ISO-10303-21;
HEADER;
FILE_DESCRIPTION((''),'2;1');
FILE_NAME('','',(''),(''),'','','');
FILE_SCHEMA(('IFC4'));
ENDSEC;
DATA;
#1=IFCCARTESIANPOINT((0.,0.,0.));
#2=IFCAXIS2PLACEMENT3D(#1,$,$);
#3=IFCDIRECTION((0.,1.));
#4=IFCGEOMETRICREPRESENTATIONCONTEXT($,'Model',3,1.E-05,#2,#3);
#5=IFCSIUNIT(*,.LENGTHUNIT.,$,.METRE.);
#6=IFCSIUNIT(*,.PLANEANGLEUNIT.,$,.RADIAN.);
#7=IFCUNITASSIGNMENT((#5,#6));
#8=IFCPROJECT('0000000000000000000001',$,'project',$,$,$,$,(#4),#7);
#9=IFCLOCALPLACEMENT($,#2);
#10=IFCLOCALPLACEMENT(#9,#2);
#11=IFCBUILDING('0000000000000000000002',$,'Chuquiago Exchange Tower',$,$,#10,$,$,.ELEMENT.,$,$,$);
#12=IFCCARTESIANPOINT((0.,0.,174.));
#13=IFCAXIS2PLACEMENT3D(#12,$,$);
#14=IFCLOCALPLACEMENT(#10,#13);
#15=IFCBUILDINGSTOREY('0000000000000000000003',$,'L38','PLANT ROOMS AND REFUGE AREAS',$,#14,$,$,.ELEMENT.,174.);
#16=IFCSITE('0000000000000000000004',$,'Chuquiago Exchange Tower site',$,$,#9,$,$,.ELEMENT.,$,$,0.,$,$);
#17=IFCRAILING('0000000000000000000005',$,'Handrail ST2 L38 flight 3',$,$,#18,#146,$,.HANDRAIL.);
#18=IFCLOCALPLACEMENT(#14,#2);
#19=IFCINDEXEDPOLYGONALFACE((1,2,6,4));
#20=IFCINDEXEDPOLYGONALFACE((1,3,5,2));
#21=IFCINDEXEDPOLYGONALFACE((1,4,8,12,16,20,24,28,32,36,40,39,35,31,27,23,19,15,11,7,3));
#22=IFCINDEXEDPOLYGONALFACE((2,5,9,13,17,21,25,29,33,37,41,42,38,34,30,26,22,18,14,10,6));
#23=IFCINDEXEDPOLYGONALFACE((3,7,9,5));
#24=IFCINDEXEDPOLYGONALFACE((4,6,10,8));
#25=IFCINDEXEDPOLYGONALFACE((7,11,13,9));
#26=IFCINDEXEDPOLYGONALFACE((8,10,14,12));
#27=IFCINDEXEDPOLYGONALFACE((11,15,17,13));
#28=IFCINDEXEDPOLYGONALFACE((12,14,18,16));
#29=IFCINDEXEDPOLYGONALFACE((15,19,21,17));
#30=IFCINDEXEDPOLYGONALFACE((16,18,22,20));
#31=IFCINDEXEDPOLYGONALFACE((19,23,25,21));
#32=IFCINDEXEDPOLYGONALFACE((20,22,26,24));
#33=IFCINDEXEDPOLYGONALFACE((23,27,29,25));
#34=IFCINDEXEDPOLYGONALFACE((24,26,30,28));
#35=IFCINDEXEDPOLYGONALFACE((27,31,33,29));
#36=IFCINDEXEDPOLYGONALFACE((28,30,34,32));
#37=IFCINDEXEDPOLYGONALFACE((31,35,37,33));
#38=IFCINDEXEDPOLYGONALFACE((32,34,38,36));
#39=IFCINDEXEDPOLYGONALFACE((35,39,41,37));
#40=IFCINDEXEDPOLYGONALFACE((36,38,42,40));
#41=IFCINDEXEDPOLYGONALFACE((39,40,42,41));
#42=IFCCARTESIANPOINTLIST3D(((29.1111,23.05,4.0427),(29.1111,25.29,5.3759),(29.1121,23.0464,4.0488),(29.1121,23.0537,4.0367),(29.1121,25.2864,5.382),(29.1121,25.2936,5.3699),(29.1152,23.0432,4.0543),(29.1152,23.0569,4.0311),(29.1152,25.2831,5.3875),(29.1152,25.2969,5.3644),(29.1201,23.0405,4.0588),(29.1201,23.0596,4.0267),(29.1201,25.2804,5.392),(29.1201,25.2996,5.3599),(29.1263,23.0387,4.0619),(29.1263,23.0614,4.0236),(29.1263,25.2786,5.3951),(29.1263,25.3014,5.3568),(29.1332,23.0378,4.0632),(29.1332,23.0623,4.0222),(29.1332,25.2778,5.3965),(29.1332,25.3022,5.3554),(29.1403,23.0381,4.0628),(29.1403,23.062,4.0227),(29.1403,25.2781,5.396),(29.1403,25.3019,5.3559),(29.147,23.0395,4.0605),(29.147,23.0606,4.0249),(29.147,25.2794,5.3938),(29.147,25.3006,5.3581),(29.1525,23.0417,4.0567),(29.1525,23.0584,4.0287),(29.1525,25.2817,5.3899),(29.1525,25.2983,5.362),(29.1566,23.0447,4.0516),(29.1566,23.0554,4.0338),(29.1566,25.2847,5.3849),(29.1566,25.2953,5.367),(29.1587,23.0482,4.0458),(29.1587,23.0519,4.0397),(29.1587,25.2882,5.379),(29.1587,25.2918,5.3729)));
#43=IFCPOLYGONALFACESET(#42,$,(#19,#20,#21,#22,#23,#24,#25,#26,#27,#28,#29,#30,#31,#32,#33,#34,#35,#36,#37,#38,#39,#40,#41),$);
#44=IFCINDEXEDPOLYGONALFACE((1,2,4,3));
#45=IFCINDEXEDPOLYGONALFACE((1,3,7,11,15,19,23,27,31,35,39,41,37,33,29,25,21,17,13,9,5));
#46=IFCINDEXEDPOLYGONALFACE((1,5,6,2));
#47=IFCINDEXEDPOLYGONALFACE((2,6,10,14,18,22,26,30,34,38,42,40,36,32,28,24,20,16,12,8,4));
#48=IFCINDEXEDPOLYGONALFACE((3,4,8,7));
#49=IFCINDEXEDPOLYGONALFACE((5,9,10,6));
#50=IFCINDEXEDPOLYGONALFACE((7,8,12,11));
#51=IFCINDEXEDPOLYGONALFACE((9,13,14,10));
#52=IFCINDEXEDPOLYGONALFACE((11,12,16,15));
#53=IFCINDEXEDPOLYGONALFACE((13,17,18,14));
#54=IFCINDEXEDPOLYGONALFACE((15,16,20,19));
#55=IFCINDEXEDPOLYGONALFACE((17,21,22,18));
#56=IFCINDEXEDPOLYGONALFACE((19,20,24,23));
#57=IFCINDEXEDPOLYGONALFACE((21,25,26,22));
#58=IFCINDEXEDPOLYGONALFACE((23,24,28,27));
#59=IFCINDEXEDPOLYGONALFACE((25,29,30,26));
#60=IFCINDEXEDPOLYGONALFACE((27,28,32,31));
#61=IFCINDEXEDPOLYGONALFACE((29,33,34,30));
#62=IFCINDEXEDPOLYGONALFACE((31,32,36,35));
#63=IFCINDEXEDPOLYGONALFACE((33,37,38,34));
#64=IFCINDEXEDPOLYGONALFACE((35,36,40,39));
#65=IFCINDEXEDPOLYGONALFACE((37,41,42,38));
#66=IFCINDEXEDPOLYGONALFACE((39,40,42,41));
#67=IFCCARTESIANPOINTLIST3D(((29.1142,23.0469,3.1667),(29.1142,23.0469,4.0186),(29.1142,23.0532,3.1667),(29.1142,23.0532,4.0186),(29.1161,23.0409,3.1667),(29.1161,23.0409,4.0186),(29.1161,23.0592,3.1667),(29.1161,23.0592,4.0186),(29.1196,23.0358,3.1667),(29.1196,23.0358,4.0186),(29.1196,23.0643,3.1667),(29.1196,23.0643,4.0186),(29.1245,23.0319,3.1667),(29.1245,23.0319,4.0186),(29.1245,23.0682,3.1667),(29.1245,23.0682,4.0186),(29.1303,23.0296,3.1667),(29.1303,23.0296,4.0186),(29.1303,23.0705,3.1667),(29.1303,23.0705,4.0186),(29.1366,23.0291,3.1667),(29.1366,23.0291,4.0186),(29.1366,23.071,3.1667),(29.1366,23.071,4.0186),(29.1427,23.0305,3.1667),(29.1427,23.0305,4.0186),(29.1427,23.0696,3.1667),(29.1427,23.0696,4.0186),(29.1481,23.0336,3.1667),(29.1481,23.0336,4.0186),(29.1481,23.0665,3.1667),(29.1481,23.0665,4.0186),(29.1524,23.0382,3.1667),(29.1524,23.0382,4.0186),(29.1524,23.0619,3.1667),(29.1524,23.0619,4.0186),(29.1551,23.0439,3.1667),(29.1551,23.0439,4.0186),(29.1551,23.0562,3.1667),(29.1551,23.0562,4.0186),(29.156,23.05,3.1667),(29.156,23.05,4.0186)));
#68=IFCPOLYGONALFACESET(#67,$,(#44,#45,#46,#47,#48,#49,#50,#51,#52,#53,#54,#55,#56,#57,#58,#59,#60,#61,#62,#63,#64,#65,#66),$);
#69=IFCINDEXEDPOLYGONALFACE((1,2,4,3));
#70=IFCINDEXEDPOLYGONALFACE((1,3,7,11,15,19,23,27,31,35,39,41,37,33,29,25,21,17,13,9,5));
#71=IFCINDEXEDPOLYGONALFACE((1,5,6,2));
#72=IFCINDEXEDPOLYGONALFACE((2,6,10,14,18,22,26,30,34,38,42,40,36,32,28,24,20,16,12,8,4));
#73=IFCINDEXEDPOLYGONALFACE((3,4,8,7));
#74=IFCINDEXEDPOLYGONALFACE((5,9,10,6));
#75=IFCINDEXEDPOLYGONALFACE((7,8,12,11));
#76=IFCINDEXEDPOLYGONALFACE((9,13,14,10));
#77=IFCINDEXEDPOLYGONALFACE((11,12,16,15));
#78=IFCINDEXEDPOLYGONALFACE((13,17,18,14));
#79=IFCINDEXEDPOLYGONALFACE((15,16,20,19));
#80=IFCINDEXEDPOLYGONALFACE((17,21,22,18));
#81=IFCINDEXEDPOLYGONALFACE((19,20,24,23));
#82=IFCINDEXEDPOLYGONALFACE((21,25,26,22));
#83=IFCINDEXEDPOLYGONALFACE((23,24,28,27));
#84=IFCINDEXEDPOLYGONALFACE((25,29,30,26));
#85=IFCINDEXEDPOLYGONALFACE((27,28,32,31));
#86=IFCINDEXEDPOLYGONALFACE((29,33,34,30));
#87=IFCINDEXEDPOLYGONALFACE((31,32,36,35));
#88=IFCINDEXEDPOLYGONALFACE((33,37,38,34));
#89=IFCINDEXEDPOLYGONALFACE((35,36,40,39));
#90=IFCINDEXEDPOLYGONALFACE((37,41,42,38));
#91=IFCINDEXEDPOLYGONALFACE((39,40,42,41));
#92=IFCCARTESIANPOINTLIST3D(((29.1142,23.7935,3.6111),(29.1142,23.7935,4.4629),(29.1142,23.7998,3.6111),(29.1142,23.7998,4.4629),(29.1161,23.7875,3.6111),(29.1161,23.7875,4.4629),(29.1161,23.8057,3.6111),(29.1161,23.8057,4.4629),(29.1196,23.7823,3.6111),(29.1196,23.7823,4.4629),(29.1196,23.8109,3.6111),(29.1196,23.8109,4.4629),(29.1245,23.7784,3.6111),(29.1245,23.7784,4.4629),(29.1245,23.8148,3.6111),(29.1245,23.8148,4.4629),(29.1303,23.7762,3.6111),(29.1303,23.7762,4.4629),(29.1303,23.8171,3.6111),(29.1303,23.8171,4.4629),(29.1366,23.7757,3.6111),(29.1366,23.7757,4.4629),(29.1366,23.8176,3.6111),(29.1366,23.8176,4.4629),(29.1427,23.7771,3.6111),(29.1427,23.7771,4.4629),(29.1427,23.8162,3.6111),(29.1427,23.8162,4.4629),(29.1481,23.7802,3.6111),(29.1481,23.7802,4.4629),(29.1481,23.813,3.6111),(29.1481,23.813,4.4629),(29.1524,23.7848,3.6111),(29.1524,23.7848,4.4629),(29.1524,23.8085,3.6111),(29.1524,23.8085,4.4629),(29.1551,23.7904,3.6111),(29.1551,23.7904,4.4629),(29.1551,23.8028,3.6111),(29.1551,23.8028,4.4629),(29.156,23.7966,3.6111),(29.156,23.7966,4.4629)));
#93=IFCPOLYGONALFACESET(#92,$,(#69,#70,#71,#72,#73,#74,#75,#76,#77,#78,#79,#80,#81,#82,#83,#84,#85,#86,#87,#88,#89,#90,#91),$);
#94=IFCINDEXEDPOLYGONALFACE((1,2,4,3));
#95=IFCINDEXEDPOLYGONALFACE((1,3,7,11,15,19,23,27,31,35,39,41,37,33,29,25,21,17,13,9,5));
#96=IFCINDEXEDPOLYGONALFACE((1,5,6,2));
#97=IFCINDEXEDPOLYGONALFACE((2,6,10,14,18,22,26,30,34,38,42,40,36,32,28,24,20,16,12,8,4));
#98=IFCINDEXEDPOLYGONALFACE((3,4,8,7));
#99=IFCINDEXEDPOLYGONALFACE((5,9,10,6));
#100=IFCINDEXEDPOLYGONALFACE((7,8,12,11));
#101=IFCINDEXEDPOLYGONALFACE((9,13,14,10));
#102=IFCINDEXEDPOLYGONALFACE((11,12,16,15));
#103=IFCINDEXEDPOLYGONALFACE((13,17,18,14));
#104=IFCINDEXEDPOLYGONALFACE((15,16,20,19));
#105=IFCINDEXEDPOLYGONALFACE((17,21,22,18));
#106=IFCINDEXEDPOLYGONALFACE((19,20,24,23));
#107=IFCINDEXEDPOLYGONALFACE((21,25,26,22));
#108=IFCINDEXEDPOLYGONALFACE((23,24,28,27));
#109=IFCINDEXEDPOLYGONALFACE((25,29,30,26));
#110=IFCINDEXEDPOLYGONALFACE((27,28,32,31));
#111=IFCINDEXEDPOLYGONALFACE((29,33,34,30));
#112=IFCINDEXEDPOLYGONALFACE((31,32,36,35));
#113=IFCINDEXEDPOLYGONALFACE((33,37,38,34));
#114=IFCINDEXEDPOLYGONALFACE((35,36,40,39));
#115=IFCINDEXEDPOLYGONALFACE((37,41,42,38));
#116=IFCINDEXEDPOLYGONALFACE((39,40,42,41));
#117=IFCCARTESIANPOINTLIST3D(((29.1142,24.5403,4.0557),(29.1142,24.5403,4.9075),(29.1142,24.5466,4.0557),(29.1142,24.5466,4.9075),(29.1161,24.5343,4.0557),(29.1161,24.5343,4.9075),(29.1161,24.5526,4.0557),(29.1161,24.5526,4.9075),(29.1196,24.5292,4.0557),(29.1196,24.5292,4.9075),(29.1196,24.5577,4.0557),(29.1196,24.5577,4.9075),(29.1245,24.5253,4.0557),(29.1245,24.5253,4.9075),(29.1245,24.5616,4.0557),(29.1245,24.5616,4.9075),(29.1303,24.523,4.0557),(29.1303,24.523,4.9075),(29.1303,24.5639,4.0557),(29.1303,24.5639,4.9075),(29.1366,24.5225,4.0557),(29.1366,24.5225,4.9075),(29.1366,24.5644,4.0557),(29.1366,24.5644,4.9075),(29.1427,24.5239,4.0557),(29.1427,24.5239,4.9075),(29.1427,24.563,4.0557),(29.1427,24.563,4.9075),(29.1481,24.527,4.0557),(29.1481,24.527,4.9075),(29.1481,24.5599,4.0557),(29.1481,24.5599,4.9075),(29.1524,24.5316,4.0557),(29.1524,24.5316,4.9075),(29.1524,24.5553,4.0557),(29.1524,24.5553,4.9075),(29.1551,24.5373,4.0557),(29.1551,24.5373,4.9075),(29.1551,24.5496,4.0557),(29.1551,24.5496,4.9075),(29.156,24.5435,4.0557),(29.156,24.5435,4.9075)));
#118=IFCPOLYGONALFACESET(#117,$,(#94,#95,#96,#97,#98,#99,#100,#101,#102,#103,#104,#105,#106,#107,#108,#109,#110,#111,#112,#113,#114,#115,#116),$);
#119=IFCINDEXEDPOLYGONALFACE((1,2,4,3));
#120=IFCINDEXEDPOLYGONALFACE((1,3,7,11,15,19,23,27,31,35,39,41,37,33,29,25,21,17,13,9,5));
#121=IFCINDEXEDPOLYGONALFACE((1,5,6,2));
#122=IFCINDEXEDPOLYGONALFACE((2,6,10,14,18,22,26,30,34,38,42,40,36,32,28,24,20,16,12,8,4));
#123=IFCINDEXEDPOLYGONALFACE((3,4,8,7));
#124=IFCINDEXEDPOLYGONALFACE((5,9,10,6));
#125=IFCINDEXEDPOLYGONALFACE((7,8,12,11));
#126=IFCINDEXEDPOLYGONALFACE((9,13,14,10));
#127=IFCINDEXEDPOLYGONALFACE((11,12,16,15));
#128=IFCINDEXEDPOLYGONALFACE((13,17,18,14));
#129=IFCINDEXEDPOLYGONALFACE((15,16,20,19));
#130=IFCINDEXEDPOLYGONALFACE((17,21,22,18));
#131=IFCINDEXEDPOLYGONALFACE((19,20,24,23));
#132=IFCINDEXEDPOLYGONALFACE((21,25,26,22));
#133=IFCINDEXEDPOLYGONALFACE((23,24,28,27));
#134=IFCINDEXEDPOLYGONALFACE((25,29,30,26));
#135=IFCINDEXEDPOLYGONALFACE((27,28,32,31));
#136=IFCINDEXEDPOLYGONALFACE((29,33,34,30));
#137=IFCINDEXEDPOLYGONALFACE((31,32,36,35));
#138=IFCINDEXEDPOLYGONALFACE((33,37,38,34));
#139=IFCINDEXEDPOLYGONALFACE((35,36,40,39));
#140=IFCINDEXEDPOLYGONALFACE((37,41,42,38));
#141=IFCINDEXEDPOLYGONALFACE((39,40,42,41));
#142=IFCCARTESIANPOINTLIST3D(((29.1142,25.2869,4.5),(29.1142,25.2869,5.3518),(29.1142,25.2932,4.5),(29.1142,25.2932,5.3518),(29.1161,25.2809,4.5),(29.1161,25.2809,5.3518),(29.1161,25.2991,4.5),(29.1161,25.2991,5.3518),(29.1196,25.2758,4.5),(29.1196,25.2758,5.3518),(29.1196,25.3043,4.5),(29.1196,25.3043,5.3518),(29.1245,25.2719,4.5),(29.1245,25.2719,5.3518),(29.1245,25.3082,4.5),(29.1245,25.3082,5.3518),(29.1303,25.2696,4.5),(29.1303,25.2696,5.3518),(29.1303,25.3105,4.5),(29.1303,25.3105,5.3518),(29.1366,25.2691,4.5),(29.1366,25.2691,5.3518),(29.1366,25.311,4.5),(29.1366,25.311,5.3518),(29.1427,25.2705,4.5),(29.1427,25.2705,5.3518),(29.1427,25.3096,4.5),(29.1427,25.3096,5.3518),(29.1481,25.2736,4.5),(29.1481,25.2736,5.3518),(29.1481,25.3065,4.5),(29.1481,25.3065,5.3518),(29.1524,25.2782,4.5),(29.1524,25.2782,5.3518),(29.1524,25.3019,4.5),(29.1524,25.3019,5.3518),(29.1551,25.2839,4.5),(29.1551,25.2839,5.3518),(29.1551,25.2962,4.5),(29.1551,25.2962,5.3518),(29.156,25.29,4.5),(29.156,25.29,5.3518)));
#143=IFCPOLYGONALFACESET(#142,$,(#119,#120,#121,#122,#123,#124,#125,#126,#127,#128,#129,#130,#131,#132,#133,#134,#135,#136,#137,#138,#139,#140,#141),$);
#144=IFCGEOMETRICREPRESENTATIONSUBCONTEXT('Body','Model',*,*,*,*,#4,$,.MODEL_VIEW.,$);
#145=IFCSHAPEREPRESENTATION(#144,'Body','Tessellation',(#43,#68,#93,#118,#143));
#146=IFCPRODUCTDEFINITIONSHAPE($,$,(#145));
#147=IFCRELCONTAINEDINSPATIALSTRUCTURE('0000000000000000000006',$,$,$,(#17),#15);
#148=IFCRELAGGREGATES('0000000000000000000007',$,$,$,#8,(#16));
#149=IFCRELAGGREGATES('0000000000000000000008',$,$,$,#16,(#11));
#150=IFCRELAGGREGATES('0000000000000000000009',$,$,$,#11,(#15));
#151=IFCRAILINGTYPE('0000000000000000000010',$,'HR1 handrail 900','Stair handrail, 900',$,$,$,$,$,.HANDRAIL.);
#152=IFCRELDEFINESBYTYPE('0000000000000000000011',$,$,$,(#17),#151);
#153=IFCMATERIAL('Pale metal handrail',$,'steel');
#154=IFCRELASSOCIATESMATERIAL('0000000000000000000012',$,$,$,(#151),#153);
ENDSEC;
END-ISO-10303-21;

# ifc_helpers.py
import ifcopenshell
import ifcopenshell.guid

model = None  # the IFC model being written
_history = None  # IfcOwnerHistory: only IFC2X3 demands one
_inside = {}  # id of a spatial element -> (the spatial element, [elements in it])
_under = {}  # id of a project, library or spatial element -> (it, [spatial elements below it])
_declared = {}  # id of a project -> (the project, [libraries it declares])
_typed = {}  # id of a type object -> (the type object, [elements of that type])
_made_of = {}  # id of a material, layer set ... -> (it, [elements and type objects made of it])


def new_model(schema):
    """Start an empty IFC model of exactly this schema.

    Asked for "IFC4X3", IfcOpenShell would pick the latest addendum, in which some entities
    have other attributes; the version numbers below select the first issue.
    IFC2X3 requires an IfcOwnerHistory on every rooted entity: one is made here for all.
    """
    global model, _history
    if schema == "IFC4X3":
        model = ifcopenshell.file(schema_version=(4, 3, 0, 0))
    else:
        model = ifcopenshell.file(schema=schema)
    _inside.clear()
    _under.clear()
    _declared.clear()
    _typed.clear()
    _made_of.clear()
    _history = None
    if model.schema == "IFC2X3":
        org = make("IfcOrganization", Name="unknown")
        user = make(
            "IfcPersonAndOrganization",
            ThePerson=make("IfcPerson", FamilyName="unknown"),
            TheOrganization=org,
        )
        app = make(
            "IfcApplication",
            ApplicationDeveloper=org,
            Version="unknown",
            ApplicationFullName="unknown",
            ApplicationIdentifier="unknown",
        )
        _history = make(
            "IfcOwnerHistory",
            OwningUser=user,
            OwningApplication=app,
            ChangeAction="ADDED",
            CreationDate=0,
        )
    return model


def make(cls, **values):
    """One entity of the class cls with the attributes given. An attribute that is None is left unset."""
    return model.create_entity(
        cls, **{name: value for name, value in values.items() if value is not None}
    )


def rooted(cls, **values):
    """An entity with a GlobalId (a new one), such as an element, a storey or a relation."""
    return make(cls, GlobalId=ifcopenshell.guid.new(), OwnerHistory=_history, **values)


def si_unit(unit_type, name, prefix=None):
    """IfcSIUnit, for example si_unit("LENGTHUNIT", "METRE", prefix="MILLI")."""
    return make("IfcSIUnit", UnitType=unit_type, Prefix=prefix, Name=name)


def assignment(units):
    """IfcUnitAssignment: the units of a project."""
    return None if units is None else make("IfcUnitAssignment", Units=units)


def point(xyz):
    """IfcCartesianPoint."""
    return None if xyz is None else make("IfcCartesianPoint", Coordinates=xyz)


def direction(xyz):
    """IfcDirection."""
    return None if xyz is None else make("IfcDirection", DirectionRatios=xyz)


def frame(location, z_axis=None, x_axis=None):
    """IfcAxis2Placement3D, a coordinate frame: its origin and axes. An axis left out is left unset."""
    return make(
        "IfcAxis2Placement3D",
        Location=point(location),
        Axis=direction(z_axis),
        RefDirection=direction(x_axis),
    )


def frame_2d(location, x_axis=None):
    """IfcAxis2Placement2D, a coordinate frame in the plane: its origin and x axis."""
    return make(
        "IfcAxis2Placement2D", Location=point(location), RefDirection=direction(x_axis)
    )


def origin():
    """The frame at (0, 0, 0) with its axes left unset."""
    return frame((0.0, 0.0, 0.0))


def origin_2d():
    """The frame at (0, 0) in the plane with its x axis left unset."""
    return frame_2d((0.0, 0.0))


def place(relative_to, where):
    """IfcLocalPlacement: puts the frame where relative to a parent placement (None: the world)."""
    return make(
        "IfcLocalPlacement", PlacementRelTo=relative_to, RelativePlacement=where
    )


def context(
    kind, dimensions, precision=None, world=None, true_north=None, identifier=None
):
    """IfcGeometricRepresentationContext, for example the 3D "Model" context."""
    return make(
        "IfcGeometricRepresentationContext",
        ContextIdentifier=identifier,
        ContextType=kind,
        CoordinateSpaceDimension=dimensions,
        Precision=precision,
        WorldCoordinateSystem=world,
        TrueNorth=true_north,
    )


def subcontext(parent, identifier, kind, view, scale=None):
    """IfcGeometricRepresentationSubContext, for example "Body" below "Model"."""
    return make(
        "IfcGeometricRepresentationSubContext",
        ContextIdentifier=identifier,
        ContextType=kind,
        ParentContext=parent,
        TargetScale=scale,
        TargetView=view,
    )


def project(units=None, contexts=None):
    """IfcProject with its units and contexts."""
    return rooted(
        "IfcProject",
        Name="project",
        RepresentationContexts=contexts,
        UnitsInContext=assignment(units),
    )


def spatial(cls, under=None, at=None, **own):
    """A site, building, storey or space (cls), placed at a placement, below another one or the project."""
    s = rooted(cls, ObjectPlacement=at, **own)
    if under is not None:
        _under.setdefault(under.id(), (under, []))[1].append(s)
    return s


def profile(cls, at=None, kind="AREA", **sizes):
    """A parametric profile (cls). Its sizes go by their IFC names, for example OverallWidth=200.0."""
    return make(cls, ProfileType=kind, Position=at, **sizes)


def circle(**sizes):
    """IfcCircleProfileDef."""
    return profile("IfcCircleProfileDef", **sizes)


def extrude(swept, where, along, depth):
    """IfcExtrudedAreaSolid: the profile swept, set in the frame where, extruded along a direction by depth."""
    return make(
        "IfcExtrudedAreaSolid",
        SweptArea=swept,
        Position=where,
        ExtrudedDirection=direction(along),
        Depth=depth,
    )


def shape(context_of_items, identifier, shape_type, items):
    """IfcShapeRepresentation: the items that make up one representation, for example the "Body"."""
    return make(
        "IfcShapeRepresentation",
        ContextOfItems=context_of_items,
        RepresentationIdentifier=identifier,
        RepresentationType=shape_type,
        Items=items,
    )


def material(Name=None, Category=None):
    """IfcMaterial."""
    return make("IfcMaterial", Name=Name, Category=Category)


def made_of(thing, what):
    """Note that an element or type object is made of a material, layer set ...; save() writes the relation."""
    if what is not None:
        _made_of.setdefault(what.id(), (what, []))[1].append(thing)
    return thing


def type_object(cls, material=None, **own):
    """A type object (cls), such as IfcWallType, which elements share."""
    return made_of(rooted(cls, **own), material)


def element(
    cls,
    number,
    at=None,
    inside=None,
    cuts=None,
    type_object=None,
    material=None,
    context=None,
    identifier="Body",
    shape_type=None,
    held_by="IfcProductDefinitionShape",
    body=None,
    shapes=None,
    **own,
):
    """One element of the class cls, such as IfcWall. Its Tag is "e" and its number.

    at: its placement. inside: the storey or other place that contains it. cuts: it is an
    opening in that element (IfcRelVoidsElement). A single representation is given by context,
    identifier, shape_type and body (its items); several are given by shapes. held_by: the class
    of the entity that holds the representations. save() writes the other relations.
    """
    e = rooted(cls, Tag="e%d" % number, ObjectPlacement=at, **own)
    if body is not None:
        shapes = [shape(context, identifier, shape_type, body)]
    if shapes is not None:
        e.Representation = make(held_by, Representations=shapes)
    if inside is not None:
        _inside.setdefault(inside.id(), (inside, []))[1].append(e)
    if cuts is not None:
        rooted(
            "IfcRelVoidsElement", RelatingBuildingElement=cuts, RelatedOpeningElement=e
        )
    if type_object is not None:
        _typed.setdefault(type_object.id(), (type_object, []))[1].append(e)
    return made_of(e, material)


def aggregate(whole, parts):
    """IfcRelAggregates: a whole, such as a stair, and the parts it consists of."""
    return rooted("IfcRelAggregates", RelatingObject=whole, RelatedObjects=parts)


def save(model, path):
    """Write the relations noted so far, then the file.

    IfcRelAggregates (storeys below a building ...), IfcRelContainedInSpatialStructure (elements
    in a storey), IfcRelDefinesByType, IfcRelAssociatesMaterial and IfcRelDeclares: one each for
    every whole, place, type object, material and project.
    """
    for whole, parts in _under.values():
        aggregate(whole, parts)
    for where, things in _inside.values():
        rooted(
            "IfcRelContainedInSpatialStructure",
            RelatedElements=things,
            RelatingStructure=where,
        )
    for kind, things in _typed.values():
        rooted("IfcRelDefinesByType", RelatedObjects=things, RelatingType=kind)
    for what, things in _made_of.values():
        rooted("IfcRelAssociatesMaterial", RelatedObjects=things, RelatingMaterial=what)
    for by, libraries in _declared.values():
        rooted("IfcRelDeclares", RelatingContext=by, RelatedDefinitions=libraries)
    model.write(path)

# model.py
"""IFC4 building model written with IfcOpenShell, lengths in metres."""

from ifc_helpers import new_model, si_unit, direction, frame, origin, origin_2d, place, context, subcontext, project, spatial, circle, extrude, material, type_object, element, save


model = new_model("IFC4")

# Units and contexts
model_context = context("Model", 3, precision=1e-05, world=origin(), true_north=direction((0.0, 1.0)))
body_context = subcontext(model_context, "Body", "Model", "MODEL_VIEW")
ifc_project = project(units=[si_unit("LENGTHUNIT", "METRE"), si_unit("PLANEANGLEUNIT", "RADIAN")], contexts=[model_context])

# Site, building, storey
site_placement = place(None, origin())
site = spatial("IfcSite", under=ifc_project, at=site_placement, Name="Chuquiago Exchange Tower site", CompositionType="ELEMENT", RefElevation=0.0)
building_placement = place(site_placement, origin())
building = spatial("IfcBuilding", under=site, at=building_placement, Name="Chuquiago Exchange Tower", CompositionType="ELEMENT")
storey_placement = place(building_placement, frame((0.0, 0.0, 174.0)))
storey = spatial("IfcBuildingStorey", under=building, at=storey_placement, Name="L38", Description="PLANT ROOMS AND REFUGE AREAS", CompositionType="ELEMENT", Elevation=174.0)

# Railing
ifc_material_1 = material(Name="Pale metal handrail", Category="steel")
railing_type = type_object("IfcRailingType", Name="HR1 handrail 900", Description="Stair handrail, 900", PredefinedType="HANDRAIL", material=ifc_material_1)
for number, where, name in (
    (1, (29.135, 23.05, 3.1667), "Handrail ST2 L38 flight 3"),
):
    element("IfcRailing", number, at=place(storey_placement, frame(where)), inside=storey, type_object=railing_type, Name=name, PredefinedType="HANDRAIL", context=body_context, shape_type="SweptSolid", body=[
        extrude(circle(Radius=0.0239, at=origin_2d()), frame((0.0, 0.0, 0.876), z_axis=(0.0, 0.859306, 0.511462), x_axis=(-1.0, 0.0, 0.0)), (0.0, 0.0, 1.0), 2.6067),
        extrude(circle(Radius=0.021, at=origin_2d()), origin(), (0.0, 0.0, 1.0), 0.8518),
        extrude(circle(Radius=0.021, at=origin_2d()), frame((0.0, 0.7466, 0.4443)), (0.0, 0.0, 1.0), 0.8518),
        extrude(circle(Radius=0.021, at=origin_2d()), frame((0.0, 1.4934, 0.8889)), (0.0, 0.0, 1.0), 0.8518),
        extrude(circle(Radius=0.021, at=origin_2d()), frame((0.0, 2.24, 1.3333)), (0.0, 0.0, 1.0), 0.8518),
    ])

save(model, "model.ifc")
